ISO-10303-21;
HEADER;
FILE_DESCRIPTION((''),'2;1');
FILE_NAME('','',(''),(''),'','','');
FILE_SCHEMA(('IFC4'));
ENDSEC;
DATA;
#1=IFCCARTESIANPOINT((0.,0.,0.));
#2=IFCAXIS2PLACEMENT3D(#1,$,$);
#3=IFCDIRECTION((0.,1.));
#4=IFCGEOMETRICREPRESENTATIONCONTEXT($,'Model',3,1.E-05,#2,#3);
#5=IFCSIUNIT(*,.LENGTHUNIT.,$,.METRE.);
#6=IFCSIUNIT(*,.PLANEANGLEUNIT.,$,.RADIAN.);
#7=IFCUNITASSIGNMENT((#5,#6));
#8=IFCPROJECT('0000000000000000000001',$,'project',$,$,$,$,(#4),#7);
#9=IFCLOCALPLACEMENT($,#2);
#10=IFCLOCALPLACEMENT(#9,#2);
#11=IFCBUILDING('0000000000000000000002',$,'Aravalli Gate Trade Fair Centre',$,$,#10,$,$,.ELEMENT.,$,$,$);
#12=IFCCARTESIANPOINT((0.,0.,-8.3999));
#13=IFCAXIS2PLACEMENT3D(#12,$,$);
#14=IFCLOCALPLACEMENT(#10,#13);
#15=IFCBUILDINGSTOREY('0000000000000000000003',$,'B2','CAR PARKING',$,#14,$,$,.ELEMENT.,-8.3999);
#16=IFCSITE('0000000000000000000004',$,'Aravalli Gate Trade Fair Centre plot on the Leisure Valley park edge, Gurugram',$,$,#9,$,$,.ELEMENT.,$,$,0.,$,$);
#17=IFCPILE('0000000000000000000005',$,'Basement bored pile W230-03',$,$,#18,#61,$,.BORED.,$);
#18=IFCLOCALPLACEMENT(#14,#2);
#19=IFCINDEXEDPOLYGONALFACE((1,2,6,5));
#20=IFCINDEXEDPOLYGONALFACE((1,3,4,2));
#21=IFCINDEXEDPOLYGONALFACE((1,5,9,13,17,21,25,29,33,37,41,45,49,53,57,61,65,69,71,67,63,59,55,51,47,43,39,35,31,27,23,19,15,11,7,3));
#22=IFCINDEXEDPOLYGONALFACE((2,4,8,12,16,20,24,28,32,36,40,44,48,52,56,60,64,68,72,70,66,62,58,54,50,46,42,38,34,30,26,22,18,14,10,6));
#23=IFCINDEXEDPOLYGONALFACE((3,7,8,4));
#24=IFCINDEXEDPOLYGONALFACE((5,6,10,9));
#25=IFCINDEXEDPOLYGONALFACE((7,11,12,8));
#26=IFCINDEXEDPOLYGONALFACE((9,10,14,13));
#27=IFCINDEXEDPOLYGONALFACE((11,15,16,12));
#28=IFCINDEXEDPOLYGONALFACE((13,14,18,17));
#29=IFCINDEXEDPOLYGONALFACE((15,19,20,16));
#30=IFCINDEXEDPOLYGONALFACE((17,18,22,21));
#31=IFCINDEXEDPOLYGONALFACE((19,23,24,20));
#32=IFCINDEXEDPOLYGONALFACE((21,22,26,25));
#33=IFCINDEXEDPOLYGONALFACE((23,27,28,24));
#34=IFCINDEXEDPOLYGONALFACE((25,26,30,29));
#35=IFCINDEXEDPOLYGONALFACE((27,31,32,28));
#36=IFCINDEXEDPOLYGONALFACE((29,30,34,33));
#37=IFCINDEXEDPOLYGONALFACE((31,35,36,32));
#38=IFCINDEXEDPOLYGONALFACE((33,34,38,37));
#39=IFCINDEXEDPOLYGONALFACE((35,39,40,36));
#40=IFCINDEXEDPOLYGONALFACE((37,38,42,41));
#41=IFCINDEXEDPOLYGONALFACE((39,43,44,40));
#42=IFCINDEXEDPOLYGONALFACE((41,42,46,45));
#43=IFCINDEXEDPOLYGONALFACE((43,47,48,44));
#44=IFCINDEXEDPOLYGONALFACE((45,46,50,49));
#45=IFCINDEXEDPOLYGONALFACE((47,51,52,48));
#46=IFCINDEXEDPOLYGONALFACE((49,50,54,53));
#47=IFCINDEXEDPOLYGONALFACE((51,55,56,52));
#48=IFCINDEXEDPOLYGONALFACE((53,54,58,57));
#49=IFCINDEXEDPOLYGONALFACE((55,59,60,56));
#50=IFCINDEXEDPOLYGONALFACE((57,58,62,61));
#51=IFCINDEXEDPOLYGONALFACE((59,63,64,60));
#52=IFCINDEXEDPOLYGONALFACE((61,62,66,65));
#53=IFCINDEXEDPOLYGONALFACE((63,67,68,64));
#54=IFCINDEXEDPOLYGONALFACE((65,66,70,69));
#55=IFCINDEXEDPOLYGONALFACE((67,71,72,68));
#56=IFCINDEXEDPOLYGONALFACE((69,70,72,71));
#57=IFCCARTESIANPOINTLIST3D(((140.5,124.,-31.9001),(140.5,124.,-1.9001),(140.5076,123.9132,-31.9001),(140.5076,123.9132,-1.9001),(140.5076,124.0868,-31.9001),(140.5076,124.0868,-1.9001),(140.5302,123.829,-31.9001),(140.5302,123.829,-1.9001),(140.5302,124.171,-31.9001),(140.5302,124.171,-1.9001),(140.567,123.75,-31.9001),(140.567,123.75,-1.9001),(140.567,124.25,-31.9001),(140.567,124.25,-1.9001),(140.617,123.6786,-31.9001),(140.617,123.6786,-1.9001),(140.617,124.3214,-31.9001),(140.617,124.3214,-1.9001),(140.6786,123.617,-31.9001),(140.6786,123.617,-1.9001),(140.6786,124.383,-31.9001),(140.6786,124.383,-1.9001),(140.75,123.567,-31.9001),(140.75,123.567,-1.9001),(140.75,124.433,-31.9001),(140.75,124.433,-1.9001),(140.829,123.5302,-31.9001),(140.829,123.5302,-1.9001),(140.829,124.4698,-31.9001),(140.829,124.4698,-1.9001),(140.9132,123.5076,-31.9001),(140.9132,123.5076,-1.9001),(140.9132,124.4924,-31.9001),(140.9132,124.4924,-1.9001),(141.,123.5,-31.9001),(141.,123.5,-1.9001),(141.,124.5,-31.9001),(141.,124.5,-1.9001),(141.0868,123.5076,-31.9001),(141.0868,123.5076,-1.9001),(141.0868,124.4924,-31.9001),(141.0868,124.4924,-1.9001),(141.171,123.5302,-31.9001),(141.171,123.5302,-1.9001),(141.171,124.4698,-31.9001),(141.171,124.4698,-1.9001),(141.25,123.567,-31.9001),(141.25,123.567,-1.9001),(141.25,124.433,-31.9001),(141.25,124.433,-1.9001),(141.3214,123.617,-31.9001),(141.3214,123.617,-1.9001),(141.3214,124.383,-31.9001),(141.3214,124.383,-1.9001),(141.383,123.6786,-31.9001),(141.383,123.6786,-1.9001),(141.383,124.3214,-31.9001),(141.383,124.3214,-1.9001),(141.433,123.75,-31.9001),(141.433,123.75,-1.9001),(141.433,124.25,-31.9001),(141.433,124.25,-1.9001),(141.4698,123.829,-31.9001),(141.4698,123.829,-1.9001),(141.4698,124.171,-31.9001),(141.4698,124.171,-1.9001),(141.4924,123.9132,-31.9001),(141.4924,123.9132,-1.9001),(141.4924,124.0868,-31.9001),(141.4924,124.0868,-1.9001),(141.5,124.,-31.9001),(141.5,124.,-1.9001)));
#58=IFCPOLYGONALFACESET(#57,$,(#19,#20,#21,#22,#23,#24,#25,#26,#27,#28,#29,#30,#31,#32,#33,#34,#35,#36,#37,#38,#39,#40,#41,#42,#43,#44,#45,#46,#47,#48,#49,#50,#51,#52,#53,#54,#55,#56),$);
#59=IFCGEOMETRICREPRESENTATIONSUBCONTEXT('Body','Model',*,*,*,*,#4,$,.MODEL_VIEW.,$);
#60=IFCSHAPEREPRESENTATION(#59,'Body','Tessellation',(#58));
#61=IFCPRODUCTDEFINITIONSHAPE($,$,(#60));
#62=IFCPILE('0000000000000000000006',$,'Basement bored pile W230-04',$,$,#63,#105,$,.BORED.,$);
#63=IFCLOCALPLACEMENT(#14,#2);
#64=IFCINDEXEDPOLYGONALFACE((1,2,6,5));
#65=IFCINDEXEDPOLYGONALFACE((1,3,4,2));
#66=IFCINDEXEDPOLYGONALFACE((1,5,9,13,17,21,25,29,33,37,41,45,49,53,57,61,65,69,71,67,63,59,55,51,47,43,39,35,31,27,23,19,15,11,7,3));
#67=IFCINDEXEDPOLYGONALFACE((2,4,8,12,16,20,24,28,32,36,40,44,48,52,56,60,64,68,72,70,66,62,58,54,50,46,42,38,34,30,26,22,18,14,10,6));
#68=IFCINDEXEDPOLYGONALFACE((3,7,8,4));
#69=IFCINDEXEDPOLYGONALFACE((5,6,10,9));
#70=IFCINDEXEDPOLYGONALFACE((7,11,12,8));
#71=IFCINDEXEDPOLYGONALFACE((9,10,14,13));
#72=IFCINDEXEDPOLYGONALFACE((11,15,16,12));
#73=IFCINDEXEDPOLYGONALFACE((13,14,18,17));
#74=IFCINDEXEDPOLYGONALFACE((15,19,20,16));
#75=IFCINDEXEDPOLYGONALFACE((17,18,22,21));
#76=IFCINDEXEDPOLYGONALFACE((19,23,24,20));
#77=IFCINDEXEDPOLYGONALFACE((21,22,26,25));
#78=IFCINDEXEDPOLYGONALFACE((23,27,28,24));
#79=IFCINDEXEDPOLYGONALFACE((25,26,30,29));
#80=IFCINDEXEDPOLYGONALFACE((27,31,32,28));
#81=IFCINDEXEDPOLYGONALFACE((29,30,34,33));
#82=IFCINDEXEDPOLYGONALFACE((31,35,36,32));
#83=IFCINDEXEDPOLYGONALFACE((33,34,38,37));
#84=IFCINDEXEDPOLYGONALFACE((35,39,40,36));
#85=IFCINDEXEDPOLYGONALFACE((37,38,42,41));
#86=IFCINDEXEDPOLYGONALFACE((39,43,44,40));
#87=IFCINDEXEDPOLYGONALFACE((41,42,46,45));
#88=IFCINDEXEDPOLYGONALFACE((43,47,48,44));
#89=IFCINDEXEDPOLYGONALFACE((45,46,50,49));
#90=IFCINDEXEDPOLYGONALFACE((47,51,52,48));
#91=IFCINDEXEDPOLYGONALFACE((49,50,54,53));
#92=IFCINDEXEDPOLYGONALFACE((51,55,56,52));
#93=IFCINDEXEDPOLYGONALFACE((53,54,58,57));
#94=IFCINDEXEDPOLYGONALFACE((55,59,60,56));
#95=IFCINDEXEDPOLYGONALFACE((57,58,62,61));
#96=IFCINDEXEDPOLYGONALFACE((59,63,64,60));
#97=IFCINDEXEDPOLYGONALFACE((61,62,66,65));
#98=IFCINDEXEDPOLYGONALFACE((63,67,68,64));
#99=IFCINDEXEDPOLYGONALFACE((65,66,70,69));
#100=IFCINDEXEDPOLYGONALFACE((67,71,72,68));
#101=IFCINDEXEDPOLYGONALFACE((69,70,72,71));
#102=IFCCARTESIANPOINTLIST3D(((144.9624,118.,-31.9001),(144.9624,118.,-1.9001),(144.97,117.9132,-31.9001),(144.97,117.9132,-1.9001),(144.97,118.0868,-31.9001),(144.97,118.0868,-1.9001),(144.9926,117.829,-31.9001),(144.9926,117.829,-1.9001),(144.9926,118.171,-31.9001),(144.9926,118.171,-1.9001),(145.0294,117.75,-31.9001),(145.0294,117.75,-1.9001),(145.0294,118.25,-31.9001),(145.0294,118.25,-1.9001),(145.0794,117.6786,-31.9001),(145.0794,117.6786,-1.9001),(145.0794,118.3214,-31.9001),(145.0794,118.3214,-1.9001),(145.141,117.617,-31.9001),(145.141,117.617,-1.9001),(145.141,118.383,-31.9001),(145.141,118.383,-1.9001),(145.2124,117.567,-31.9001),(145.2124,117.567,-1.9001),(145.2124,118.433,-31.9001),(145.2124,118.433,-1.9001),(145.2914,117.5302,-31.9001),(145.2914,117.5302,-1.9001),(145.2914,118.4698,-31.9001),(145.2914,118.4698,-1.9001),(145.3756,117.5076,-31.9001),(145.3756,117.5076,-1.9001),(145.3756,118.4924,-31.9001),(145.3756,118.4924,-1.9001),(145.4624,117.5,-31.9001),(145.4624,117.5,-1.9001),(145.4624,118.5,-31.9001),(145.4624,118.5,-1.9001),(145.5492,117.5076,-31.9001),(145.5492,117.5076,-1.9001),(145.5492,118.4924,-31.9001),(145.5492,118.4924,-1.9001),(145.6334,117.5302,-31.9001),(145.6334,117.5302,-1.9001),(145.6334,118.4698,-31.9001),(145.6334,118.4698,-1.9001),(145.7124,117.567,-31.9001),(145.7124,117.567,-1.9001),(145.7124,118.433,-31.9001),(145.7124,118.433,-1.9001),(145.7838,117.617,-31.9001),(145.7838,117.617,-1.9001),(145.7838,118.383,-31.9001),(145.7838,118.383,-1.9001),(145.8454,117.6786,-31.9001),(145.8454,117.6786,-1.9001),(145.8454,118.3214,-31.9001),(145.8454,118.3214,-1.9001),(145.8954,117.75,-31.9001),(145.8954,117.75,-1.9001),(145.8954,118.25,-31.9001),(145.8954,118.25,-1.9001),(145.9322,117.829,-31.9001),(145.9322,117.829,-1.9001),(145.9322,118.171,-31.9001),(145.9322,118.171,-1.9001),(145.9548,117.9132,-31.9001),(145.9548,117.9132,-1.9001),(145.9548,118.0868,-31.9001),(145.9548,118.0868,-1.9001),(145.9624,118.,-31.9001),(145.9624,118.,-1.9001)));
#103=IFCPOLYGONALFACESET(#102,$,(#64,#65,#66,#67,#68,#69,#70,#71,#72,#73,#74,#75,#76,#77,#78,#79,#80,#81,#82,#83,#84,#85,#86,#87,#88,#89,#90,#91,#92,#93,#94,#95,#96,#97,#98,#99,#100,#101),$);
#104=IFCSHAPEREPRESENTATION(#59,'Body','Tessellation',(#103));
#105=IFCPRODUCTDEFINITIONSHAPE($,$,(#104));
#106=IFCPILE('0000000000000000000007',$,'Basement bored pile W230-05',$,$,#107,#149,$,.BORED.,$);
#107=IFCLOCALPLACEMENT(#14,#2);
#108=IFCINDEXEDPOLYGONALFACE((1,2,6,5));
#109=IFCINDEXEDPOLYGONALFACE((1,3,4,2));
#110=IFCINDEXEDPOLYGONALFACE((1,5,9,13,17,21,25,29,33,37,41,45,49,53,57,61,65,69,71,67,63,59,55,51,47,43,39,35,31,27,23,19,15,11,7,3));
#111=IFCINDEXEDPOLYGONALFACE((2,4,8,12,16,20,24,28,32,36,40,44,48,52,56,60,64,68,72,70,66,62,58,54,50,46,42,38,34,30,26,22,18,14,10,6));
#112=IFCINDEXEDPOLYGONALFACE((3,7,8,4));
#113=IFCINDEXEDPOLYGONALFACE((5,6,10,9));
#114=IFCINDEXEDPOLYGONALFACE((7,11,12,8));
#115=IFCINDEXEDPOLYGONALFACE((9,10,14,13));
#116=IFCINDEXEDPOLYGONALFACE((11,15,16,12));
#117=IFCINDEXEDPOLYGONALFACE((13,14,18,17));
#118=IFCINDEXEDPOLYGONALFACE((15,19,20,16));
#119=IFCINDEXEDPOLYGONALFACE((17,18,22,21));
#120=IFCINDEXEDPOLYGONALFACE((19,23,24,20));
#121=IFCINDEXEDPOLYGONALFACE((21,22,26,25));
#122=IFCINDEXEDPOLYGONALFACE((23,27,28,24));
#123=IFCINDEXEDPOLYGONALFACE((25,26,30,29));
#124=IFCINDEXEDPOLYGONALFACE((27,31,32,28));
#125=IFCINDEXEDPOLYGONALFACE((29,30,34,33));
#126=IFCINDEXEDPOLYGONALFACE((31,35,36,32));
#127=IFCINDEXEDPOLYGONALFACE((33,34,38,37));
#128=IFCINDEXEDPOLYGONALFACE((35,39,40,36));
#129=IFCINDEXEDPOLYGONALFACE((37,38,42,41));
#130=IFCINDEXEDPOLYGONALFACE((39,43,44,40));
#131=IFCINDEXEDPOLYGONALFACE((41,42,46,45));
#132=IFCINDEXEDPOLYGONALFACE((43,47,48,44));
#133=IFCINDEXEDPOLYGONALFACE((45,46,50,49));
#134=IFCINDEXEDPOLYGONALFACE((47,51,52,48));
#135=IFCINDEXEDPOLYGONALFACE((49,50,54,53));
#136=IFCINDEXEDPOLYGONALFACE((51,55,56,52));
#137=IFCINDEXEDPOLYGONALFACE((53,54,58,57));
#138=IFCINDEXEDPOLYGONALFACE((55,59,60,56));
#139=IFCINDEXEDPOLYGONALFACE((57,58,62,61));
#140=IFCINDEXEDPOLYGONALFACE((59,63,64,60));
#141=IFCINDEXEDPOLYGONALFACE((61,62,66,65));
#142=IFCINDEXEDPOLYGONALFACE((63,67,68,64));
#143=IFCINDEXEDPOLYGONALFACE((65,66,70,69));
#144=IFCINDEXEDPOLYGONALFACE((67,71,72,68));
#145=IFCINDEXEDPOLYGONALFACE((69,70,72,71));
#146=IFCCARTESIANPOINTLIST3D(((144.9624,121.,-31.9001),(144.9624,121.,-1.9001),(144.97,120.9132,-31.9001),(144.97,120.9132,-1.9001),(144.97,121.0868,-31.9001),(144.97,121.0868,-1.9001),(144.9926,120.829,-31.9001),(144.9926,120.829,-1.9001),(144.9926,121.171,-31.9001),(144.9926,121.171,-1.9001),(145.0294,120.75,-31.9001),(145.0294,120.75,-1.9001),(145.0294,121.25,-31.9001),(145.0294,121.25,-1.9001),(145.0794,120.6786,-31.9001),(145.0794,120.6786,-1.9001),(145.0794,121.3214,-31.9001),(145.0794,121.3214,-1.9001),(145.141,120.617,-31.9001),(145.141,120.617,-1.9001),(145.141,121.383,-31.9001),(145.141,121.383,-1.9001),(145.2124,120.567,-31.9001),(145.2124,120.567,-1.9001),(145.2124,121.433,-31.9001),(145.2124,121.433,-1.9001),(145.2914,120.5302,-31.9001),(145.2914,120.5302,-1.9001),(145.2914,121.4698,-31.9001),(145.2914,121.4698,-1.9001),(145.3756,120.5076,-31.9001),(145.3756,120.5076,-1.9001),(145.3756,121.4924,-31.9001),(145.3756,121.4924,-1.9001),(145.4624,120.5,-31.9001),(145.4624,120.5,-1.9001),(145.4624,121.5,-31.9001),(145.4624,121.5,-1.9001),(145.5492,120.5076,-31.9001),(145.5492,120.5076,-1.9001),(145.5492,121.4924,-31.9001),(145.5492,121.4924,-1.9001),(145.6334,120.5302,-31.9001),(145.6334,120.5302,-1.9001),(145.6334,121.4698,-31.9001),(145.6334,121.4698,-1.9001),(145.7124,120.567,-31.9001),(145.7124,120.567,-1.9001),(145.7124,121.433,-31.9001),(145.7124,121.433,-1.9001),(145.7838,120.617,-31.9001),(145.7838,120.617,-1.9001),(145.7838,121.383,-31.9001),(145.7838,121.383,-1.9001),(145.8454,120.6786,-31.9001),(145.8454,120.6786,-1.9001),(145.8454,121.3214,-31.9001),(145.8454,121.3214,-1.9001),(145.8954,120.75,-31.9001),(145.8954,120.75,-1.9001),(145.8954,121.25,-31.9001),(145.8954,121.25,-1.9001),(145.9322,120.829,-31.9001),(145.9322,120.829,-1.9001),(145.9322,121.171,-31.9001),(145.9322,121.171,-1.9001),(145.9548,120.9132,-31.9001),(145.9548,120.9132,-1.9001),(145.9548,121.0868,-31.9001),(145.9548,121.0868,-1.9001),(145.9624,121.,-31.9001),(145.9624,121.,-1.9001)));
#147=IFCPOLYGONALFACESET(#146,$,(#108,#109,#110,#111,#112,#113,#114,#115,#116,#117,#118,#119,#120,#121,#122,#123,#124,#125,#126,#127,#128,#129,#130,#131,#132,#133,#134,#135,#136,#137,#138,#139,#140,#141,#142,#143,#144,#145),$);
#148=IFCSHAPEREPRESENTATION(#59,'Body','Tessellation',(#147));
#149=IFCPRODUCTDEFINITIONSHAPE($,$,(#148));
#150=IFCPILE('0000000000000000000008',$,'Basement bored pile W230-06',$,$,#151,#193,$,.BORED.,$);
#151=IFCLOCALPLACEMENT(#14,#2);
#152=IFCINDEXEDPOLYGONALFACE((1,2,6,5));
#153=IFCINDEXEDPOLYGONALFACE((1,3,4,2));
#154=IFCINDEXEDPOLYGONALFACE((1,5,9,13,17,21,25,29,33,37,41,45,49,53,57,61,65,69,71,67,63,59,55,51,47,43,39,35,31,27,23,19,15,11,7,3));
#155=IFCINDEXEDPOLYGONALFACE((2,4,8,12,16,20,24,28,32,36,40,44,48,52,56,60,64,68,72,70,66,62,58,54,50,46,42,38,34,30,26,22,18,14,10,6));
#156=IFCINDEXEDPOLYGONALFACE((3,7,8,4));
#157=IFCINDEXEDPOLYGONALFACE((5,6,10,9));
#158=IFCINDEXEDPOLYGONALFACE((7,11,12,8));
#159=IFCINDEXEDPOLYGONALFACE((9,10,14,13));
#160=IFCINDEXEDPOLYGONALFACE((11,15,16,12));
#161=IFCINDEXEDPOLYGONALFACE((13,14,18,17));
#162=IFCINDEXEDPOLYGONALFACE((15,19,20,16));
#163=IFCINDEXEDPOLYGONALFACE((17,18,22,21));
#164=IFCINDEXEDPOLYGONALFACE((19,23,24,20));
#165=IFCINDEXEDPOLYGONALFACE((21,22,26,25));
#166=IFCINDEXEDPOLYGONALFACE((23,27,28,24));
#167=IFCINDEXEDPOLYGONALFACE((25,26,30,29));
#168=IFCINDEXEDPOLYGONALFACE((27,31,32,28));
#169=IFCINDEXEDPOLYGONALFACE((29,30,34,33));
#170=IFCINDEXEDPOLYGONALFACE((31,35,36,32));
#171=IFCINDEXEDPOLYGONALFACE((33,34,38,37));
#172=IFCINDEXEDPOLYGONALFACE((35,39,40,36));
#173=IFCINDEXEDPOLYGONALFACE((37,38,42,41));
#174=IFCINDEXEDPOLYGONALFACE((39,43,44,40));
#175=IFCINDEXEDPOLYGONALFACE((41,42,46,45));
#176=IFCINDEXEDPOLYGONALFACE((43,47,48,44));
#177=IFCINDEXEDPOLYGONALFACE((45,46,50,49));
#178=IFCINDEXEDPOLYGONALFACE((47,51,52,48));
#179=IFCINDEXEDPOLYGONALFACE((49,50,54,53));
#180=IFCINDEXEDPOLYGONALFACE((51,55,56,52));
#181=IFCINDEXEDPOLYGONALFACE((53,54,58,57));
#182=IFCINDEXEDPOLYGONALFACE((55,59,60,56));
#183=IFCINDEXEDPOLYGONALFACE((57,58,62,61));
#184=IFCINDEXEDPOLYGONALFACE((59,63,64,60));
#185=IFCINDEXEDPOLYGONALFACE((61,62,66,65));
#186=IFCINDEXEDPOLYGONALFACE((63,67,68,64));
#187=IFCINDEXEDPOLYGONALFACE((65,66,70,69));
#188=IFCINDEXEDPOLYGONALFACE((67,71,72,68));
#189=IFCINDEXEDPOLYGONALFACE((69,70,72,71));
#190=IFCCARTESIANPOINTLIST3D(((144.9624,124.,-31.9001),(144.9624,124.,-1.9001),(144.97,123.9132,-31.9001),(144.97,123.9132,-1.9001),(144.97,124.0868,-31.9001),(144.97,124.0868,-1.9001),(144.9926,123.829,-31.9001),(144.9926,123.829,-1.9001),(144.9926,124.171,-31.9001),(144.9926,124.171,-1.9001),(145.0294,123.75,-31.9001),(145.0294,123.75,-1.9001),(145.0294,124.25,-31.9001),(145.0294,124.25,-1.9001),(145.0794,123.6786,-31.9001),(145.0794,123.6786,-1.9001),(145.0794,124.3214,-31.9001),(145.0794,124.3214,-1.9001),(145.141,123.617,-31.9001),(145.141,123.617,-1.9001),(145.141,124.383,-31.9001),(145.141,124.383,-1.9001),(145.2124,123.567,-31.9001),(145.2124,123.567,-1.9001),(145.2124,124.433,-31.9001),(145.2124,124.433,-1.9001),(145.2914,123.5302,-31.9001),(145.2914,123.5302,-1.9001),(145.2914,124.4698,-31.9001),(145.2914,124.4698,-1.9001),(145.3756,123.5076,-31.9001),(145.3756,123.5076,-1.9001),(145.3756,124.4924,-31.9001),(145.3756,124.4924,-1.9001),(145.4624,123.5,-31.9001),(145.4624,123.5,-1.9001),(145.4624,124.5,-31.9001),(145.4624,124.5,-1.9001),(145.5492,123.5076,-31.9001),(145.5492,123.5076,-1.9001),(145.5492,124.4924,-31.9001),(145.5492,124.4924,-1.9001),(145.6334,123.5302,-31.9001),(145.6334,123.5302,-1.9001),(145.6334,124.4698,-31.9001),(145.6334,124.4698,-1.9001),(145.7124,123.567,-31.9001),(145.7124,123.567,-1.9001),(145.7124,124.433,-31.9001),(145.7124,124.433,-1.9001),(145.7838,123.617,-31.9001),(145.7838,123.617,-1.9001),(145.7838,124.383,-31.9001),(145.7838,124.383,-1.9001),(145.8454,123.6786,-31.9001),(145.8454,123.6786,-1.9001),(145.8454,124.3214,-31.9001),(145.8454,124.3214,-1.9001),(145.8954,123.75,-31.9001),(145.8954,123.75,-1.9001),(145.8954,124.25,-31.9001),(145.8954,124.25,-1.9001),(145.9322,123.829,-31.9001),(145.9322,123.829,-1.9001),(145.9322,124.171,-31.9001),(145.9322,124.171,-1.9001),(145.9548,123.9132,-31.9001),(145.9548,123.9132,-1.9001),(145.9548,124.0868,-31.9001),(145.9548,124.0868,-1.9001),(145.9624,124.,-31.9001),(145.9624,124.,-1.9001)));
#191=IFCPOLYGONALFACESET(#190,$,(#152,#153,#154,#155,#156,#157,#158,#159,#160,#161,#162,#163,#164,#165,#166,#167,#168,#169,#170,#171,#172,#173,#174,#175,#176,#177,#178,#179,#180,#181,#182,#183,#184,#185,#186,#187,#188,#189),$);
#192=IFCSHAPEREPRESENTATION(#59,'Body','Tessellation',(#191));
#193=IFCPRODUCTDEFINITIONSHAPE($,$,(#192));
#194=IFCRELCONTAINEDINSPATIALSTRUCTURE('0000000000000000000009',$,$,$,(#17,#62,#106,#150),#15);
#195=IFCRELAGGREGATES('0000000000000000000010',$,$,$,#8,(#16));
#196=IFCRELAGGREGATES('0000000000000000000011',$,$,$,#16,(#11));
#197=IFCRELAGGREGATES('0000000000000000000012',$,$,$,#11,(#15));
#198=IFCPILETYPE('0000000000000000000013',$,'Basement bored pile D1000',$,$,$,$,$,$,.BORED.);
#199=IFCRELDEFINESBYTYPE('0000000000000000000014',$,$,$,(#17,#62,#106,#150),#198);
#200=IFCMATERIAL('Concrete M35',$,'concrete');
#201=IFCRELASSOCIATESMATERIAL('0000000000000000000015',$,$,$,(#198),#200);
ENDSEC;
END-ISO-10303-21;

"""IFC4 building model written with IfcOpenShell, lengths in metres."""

from ifc_helpers import new_model, si_unit, direction, frame, origin, origin_2d, place, context, subcontext, project, spatial, circle, extrude, material, material_profile, profile_set, type_object, element, save


model = new_model("IFC4")

# Units and contexts
model_context = context("Model", 3, precision=1e-05, world=origin(), true_north=direction((0.0, 1.0)))
body_context = subcontext(model_context, "Body", "Model", "MODEL_VIEW")
ifc_project = project(units=[si_unit("LENGTHUNIT", "METRE"), si_unit("PLANEANGLEUNIT", "RADIAN")], contexts=[model_context])

# Site, building, storey
site_placement = place(None, origin())
site = spatial("IfcSite", under=ifc_project, at=site_placement, Name="Aravalli Gate Trade Fair Centre plot on the Leisure Valley park edge, Gurugram", CompositionType="ELEMENT", RefElevation=0.0)
building_placement = place(site_placement, origin())
building = spatial("IfcBuilding", under=site, at=building_placement, Name="Aravalli Gate Trade Fair Centre", CompositionType="ELEMENT")
storey_placement = place(building_placement, frame((0.0, 0.0, -8.3999)))
storey = spatial("IfcBuildingStorey", under=building, at=storey_placement, Name="B2", Description="CAR PARKING", CompositionType="ELEMENT", Elevation=-8.3999)

# Piles
ifc_material_1 = material(Name="Concrete M35", Category="concrete")
ifc_material_profile_1 = material_profile(ifc_material_1, circle(Radius=0.5, at=origin_2d()), Name="D1000")
ifc_profile_set_1 = profile_set([ifc_material_profile_1], Name="Concrete M35")
pile_type = type_object("IfcPileType", Name="Basement bored pile D1000", PredefinedType="BORED", material=ifc_profile_set_1)
for number, where, z_axis, x_axis, name in (
    (1, (141.0, 124.0, -1.9001), (0.0, 0.0, -1.0), (1.0, 0.0, 0.0), "Basement bored pile W230-03"),
    (2, (145.4624, 118.0, -1.9001), (0.0, 0.0, -1.0), (1.0, 0.0, 0.0), "Basement bored pile W230-04"),
    (3, (145.4624, 121.0, -1.9001), (0.0, 0.0, -1.0), (1.0, 0.0, 0.0), "Basement bored pile W230-05"),
    (4, (145.4624, 124.0, -1.9001), (0.0, 0.0, -1.0), (1.0, 0.0, 0.0), "Basement bored pile W230-06"),
):
    element("IfcPile", number, at=place(storey_placement, frame(where, z_axis=z_axis, x_axis=x_axis)), inside=storey, type_object=pile_type, Name=name, PredefinedType="BORED", context=body_context, shape_type="SweptSolid", body=[
        extrude(circle(Radius=0.5, at=origin_2d()), origin(), (0.0, 0.0, 1.0), 30.0),
    ])

save(model, "model.ifc")
